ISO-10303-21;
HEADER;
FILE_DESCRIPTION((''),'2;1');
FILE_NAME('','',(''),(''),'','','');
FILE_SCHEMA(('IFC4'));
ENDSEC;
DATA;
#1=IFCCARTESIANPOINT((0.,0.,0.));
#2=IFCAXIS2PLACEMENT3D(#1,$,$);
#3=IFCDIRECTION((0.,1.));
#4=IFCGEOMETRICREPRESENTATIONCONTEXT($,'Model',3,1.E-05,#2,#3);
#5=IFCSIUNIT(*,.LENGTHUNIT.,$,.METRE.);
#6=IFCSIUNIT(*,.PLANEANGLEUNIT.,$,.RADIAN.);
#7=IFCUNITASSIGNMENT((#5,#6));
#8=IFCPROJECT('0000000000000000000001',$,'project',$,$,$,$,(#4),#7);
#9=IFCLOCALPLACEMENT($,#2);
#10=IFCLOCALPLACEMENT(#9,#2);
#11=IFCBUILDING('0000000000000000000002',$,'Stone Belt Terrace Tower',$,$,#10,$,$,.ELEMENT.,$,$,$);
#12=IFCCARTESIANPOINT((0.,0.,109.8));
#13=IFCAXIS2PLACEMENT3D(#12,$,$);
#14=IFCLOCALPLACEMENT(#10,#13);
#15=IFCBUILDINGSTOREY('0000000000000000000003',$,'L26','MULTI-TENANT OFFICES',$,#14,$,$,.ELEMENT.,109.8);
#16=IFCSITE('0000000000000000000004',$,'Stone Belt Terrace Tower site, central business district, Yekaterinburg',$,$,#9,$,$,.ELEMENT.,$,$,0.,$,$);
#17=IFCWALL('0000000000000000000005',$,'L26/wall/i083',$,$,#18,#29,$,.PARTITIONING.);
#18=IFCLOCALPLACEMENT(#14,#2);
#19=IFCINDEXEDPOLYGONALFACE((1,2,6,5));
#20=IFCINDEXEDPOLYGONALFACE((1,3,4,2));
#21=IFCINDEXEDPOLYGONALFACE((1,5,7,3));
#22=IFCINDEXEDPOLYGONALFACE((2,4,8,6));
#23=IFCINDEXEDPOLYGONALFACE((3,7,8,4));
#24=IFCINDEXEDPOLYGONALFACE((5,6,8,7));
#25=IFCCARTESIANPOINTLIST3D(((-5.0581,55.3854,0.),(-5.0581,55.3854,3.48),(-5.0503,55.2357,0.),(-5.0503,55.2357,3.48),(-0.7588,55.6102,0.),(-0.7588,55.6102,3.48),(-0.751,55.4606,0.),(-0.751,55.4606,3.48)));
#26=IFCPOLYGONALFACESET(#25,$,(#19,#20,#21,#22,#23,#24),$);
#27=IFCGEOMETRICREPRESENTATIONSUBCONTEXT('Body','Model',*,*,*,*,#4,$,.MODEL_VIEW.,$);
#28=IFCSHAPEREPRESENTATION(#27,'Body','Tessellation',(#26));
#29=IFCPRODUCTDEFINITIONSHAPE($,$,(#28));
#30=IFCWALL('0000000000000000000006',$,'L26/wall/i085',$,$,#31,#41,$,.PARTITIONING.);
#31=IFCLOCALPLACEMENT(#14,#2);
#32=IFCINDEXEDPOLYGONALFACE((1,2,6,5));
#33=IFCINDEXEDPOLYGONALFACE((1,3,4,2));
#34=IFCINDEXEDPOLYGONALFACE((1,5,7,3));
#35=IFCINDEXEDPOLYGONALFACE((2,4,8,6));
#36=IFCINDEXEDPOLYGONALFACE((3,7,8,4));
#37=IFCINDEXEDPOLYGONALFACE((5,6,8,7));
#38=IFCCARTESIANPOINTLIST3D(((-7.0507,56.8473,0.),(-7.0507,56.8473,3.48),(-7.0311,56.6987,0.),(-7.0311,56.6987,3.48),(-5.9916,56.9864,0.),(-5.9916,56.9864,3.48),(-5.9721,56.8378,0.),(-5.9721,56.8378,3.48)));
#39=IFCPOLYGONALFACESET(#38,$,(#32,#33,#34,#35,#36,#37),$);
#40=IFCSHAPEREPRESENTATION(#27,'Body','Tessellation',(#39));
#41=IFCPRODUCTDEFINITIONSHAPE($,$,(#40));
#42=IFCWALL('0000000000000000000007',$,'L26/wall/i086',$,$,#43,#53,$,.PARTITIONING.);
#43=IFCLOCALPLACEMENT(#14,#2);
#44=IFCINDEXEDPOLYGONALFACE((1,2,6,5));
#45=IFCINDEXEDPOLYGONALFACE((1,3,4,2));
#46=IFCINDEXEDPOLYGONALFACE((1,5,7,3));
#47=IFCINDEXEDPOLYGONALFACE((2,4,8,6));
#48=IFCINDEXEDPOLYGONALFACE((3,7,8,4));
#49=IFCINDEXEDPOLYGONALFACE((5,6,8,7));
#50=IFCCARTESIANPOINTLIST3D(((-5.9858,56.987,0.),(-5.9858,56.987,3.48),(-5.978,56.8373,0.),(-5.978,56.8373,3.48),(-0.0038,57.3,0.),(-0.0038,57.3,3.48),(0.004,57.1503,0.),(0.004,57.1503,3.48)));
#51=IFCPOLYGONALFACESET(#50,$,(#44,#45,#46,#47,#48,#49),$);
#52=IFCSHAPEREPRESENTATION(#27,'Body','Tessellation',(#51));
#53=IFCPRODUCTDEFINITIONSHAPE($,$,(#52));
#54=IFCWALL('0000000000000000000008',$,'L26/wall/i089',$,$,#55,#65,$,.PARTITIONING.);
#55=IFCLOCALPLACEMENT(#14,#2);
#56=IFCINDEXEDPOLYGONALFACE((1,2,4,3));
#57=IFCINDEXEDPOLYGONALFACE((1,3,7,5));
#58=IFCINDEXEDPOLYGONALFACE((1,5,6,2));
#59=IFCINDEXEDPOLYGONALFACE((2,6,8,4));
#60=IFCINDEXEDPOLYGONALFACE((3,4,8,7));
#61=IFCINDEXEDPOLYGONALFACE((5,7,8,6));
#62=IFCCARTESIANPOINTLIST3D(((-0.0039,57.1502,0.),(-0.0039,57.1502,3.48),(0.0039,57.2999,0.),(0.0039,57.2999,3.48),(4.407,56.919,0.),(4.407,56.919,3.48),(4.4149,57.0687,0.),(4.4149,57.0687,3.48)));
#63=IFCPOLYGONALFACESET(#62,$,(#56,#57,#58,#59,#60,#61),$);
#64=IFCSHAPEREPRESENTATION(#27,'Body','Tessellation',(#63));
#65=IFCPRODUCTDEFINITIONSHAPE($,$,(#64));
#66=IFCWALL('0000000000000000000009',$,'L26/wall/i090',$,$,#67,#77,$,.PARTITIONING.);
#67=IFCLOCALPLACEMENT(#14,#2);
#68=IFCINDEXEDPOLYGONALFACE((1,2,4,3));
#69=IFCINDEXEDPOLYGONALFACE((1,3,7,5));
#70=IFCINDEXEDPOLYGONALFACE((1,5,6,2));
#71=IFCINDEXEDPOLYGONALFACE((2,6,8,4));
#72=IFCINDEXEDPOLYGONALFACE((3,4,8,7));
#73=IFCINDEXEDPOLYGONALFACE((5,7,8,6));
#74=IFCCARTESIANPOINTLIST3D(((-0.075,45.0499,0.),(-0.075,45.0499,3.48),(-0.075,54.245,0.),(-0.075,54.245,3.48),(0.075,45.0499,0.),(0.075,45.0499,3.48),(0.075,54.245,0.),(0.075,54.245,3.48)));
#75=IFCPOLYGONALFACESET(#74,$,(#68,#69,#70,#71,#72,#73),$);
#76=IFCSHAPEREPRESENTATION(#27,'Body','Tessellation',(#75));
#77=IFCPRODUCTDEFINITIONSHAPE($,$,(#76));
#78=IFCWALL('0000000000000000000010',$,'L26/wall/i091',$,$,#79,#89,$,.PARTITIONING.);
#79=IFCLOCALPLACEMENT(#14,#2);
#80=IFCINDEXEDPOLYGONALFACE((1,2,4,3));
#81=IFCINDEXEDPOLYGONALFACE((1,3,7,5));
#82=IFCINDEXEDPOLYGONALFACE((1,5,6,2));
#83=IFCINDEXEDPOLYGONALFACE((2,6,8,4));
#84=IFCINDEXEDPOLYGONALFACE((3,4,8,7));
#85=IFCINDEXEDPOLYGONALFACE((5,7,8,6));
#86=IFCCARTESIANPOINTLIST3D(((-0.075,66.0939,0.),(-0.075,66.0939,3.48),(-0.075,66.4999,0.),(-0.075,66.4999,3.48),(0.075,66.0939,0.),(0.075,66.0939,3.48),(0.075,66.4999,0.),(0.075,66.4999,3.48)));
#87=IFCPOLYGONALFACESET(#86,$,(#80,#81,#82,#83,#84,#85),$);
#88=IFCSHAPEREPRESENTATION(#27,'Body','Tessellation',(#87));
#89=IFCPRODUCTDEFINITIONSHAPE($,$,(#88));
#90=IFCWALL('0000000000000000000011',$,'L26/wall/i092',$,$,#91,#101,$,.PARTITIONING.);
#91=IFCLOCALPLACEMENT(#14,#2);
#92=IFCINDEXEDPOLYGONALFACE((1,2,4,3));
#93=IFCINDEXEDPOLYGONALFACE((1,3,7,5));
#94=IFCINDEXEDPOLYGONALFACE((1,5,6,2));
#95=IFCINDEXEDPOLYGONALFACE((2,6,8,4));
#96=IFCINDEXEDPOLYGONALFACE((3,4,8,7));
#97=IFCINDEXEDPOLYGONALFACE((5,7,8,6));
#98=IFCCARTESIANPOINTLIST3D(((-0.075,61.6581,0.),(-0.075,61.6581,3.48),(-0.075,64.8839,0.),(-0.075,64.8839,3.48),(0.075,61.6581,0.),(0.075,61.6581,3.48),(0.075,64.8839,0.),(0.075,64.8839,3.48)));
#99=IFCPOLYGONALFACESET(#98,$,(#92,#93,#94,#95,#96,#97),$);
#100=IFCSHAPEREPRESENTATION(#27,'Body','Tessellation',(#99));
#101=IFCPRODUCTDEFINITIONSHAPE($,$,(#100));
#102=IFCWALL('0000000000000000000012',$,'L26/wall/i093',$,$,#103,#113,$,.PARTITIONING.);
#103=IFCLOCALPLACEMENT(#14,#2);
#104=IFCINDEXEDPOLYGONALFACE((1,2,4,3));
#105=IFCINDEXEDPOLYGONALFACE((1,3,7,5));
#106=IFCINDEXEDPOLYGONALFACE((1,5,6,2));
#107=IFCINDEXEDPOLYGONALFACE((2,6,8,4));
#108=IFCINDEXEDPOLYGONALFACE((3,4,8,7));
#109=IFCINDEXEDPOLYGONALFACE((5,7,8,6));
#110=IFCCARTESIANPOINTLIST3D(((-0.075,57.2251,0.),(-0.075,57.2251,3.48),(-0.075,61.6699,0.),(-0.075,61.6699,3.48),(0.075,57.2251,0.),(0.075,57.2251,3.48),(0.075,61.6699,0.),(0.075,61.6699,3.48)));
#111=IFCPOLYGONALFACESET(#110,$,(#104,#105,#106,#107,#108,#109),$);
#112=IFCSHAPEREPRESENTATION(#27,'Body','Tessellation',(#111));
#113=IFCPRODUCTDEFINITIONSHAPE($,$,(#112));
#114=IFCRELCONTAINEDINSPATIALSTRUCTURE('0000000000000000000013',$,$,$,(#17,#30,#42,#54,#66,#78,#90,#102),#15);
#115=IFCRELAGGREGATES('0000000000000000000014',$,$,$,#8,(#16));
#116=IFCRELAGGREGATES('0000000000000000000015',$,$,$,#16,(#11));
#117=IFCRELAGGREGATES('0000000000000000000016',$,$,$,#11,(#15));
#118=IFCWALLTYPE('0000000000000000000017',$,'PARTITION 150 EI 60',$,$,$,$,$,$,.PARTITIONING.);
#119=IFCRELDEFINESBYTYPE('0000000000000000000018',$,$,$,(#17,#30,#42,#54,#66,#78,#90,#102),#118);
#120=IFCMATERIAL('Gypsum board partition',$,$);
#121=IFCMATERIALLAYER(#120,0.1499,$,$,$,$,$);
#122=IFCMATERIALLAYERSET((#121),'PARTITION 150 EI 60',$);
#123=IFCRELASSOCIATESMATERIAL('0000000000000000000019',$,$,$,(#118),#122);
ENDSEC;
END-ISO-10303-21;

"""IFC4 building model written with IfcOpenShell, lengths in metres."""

from ifc_helpers import new_model, si_unit, direction, frame, frame_2d, origin, place, context, subcontext, project, spatial, rectangle, extrude, material, layer, layer_set, type_object, element, save


model = new_model("IFC4")

# Units and contexts
model_context = context("Model", 3, precision=1e-05, world=origin(), true_north=direction((0.0, 1.0)))
body_context = subcontext(model_context, "Body", "Model", "MODEL_VIEW")
ifc_project = project(units=[si_unit("LENGTHUNIT", "METRE"), si_unit("PLANEANGLEUNIT", "RADIAN")], contexts=[model_context])

# Site, building, storey
site_placement = place(None, origin())
site = spatial("IfcSite", under=ifc_project, at=site_placement, Name="Stone Belt Terrace Tower site, central business district, Yekaterinburg", CompositionType="ELEMENT", RefElevation=0.0)
building_placement = place(site_placement, origin())
building = spatial("IfcBuilding", under=site, at=building_placement, Name="Stone Belt Terrace Tower", CompositionType="ELEMENT")
storey_placement = place(building_placement, frame((0.0, 0.0, 109.8)))
storey = spatial("IfcBuildingStorey", under=building, at=storey_placement, Name="L26", Description="MULTI-TENANT OFFICES", CompositionType="ELEMENT", Elevation=109.8)

# Shared definitions
ifc_material_1 = material(Name="Gypsum board partition")
ifc_layer_1 = layer(ifc_material_1, 0.1499)
ifc_layer_set_1 = layer_set([ifc_layer_1], Name="PARTITION 150 EI 60")
wall_type_1 = type_object("IfcWallType", Name="PARTITION 150 EI 60", PredefinedType="PARTITIONING", material=ifc_layer_set_1)

# Walls
wall_1_placement = place(storey_placement, frame((-0.7549, 55.5354, 0.0), z_axis=(0.0, 0.0, 1.0), x_axis=(-0.998635, -0.052228, 0.0)))
element("IfcWall", 1, at=wall_1_placement, inside=storey, type_object=wall_type_1, Name="L26/wall/i083", PredefinedType="PARTITIONING", context=body_context, shape_type="SweptSolid", body=[
    extrude(rectangle(XDim=4.3052, YDim=0.1499, at=frame_2d((2.1526, 0.0))), origin(), (0.0, 0.0, 1.0), 3.48),
])
wall_2_placement = place(storey_placement, frame((-7.041, 56.7729, 0.0), z_axis=(0.0, 0.0, 1.0), x_axis=(0.991478, 0.130277, 0.0)))
element("IfcWall", 2, at=wall_2_placement, inside=storey, type_object=wall_type_1, Name="L26/wall/i085", PredefinedType="PARTITIONING", context=body_context, shape_type="SweptSolid", body=[
    extrude(rectangle(XDim=1.0681, YDim=0.1499, at=frame_2d((0.5342, 0.0))), origin(), (0.0, 0.0, 1.0), 3.48),
])
wall_3_placement = place(storey_placement, frame((-5.9819, 56.9121, 0.0), z_axis=(0.0, 0.0, 1.0), x_axis=(0.998634, 0.052251, 0.0)))
element("IfcWall", 3, at=wall_3_placement, inside=storey, type_object=wall_type_1, Name="L26/wall/i086", PredefinedType="PARTITIONING", context=body_context, shape_type="SweptSolid", body=[
    extrude(rectangle(XDim=5.9902, YDim=0.1499, at=frame_2d((2.9951, 0.0))), origin(), (0.0, 0.0, 1.0), 3.48),
])
wall_4_placement = place(storey_placement, frame((0.0, 57.2251, 0.0), z_axis=(0.0, 0.0, 1.0), x_axis=(0.998629, -0.052344, 0.0)))
element("IfcWall", 4, at=wall_4_placement, inside=storey, type_object=wall_type_1, Name="L26/wall/i089", PredefinedType="PARTITIONING", context=body_context, shape_type="SweptSolid", body=[
    extrude(rectangle(XDim=4.417, YDim=0.1499, at=frame_2d((2.2085, 0.0))), origin(), (0.0, 0.0, 1.0), 3.48),
])
wall_5_placement = place(storey_placement, frame((0.0, 54.2451, 0.0), z_axis=(0.0, 0.0, 1.0), x_axis=(0.0, -1.0, 0.0)))
element("IfcWall", 5, at=wall_5_placement, inside=storey, type_object=wall_type_1, Name="L26/wall/i090", PredefinedType="PARTITIONING", context=body_context, shape_type="SweptSolid", body=[
    extrude(rectangle(XDim=9.1951, YDim=0.1499, at=frame_2d((4.5977, 0.0))), origin(), (0.0, 0.0, 1.0), 3.48),
])
wall_6_placement = place(storey_placement, frame((0.0, 66.5, 0.0), z_axis=(0.0, 0.0, 1.0), x_axis=(0.0, -1.0, 0.0)))
element("IfcWall", 6, at=wall_6_placement, inside=storey, type_object=wall_type_1, Name="L26/wall/i091", PredefinedType="PARTITIONING", context=body_context, shape_type="SweptSolid", body=[
    extrude(rectangle(XDim=0.406, YDim=0.1499, at=frame_2d((0.2031, 0.0))), origin(), (0.0, 0.0, 1.0), 3.48),
])
wall_7_placement = place(storey_placement, frame((0.0, 64.8838, 0.0), z_axis=(0.0, 0.0, 1.0), x_axis=(0.0, -1.0, 0.0)))
element("IfcWall", 7, at=wall_7_placement, inside=storey, type_object=wall_type_1, Name="L26/wall/i092", PredefinedType="PARTITIONING", context=body_context, shape_type="SweptSolid", body=[
    extrude(rectangle(XDim=3.2258, YDim=0.1499, at=frame_2d((1.6128, 0.0))), origin(), (0.0, 0.0, 1.0), 3.48),
])
wall_8_placement = place(storey_placement, frame((0.0, 61.6699, 0.0), z_axis=(0.0, 0.0, 1.0), x_axis=(0.0, -1.0, 0.0)))
element("IfcWall", 8, at=wall_8_placement, inside=storey, type_object=wall_type_1, Name="L26/wall/i093", PredefinedType="PARTITIONING", context=body_context, shape_type="SweptSolid", body=[
    extrude(rectangle(XDim=4.4448, YDim=0.1499, at=frame_2d((2.2224, 0.0))), origin(), (0.0, 0.0, 1.0), 3.48),
])

save(model, "model.ifc")
